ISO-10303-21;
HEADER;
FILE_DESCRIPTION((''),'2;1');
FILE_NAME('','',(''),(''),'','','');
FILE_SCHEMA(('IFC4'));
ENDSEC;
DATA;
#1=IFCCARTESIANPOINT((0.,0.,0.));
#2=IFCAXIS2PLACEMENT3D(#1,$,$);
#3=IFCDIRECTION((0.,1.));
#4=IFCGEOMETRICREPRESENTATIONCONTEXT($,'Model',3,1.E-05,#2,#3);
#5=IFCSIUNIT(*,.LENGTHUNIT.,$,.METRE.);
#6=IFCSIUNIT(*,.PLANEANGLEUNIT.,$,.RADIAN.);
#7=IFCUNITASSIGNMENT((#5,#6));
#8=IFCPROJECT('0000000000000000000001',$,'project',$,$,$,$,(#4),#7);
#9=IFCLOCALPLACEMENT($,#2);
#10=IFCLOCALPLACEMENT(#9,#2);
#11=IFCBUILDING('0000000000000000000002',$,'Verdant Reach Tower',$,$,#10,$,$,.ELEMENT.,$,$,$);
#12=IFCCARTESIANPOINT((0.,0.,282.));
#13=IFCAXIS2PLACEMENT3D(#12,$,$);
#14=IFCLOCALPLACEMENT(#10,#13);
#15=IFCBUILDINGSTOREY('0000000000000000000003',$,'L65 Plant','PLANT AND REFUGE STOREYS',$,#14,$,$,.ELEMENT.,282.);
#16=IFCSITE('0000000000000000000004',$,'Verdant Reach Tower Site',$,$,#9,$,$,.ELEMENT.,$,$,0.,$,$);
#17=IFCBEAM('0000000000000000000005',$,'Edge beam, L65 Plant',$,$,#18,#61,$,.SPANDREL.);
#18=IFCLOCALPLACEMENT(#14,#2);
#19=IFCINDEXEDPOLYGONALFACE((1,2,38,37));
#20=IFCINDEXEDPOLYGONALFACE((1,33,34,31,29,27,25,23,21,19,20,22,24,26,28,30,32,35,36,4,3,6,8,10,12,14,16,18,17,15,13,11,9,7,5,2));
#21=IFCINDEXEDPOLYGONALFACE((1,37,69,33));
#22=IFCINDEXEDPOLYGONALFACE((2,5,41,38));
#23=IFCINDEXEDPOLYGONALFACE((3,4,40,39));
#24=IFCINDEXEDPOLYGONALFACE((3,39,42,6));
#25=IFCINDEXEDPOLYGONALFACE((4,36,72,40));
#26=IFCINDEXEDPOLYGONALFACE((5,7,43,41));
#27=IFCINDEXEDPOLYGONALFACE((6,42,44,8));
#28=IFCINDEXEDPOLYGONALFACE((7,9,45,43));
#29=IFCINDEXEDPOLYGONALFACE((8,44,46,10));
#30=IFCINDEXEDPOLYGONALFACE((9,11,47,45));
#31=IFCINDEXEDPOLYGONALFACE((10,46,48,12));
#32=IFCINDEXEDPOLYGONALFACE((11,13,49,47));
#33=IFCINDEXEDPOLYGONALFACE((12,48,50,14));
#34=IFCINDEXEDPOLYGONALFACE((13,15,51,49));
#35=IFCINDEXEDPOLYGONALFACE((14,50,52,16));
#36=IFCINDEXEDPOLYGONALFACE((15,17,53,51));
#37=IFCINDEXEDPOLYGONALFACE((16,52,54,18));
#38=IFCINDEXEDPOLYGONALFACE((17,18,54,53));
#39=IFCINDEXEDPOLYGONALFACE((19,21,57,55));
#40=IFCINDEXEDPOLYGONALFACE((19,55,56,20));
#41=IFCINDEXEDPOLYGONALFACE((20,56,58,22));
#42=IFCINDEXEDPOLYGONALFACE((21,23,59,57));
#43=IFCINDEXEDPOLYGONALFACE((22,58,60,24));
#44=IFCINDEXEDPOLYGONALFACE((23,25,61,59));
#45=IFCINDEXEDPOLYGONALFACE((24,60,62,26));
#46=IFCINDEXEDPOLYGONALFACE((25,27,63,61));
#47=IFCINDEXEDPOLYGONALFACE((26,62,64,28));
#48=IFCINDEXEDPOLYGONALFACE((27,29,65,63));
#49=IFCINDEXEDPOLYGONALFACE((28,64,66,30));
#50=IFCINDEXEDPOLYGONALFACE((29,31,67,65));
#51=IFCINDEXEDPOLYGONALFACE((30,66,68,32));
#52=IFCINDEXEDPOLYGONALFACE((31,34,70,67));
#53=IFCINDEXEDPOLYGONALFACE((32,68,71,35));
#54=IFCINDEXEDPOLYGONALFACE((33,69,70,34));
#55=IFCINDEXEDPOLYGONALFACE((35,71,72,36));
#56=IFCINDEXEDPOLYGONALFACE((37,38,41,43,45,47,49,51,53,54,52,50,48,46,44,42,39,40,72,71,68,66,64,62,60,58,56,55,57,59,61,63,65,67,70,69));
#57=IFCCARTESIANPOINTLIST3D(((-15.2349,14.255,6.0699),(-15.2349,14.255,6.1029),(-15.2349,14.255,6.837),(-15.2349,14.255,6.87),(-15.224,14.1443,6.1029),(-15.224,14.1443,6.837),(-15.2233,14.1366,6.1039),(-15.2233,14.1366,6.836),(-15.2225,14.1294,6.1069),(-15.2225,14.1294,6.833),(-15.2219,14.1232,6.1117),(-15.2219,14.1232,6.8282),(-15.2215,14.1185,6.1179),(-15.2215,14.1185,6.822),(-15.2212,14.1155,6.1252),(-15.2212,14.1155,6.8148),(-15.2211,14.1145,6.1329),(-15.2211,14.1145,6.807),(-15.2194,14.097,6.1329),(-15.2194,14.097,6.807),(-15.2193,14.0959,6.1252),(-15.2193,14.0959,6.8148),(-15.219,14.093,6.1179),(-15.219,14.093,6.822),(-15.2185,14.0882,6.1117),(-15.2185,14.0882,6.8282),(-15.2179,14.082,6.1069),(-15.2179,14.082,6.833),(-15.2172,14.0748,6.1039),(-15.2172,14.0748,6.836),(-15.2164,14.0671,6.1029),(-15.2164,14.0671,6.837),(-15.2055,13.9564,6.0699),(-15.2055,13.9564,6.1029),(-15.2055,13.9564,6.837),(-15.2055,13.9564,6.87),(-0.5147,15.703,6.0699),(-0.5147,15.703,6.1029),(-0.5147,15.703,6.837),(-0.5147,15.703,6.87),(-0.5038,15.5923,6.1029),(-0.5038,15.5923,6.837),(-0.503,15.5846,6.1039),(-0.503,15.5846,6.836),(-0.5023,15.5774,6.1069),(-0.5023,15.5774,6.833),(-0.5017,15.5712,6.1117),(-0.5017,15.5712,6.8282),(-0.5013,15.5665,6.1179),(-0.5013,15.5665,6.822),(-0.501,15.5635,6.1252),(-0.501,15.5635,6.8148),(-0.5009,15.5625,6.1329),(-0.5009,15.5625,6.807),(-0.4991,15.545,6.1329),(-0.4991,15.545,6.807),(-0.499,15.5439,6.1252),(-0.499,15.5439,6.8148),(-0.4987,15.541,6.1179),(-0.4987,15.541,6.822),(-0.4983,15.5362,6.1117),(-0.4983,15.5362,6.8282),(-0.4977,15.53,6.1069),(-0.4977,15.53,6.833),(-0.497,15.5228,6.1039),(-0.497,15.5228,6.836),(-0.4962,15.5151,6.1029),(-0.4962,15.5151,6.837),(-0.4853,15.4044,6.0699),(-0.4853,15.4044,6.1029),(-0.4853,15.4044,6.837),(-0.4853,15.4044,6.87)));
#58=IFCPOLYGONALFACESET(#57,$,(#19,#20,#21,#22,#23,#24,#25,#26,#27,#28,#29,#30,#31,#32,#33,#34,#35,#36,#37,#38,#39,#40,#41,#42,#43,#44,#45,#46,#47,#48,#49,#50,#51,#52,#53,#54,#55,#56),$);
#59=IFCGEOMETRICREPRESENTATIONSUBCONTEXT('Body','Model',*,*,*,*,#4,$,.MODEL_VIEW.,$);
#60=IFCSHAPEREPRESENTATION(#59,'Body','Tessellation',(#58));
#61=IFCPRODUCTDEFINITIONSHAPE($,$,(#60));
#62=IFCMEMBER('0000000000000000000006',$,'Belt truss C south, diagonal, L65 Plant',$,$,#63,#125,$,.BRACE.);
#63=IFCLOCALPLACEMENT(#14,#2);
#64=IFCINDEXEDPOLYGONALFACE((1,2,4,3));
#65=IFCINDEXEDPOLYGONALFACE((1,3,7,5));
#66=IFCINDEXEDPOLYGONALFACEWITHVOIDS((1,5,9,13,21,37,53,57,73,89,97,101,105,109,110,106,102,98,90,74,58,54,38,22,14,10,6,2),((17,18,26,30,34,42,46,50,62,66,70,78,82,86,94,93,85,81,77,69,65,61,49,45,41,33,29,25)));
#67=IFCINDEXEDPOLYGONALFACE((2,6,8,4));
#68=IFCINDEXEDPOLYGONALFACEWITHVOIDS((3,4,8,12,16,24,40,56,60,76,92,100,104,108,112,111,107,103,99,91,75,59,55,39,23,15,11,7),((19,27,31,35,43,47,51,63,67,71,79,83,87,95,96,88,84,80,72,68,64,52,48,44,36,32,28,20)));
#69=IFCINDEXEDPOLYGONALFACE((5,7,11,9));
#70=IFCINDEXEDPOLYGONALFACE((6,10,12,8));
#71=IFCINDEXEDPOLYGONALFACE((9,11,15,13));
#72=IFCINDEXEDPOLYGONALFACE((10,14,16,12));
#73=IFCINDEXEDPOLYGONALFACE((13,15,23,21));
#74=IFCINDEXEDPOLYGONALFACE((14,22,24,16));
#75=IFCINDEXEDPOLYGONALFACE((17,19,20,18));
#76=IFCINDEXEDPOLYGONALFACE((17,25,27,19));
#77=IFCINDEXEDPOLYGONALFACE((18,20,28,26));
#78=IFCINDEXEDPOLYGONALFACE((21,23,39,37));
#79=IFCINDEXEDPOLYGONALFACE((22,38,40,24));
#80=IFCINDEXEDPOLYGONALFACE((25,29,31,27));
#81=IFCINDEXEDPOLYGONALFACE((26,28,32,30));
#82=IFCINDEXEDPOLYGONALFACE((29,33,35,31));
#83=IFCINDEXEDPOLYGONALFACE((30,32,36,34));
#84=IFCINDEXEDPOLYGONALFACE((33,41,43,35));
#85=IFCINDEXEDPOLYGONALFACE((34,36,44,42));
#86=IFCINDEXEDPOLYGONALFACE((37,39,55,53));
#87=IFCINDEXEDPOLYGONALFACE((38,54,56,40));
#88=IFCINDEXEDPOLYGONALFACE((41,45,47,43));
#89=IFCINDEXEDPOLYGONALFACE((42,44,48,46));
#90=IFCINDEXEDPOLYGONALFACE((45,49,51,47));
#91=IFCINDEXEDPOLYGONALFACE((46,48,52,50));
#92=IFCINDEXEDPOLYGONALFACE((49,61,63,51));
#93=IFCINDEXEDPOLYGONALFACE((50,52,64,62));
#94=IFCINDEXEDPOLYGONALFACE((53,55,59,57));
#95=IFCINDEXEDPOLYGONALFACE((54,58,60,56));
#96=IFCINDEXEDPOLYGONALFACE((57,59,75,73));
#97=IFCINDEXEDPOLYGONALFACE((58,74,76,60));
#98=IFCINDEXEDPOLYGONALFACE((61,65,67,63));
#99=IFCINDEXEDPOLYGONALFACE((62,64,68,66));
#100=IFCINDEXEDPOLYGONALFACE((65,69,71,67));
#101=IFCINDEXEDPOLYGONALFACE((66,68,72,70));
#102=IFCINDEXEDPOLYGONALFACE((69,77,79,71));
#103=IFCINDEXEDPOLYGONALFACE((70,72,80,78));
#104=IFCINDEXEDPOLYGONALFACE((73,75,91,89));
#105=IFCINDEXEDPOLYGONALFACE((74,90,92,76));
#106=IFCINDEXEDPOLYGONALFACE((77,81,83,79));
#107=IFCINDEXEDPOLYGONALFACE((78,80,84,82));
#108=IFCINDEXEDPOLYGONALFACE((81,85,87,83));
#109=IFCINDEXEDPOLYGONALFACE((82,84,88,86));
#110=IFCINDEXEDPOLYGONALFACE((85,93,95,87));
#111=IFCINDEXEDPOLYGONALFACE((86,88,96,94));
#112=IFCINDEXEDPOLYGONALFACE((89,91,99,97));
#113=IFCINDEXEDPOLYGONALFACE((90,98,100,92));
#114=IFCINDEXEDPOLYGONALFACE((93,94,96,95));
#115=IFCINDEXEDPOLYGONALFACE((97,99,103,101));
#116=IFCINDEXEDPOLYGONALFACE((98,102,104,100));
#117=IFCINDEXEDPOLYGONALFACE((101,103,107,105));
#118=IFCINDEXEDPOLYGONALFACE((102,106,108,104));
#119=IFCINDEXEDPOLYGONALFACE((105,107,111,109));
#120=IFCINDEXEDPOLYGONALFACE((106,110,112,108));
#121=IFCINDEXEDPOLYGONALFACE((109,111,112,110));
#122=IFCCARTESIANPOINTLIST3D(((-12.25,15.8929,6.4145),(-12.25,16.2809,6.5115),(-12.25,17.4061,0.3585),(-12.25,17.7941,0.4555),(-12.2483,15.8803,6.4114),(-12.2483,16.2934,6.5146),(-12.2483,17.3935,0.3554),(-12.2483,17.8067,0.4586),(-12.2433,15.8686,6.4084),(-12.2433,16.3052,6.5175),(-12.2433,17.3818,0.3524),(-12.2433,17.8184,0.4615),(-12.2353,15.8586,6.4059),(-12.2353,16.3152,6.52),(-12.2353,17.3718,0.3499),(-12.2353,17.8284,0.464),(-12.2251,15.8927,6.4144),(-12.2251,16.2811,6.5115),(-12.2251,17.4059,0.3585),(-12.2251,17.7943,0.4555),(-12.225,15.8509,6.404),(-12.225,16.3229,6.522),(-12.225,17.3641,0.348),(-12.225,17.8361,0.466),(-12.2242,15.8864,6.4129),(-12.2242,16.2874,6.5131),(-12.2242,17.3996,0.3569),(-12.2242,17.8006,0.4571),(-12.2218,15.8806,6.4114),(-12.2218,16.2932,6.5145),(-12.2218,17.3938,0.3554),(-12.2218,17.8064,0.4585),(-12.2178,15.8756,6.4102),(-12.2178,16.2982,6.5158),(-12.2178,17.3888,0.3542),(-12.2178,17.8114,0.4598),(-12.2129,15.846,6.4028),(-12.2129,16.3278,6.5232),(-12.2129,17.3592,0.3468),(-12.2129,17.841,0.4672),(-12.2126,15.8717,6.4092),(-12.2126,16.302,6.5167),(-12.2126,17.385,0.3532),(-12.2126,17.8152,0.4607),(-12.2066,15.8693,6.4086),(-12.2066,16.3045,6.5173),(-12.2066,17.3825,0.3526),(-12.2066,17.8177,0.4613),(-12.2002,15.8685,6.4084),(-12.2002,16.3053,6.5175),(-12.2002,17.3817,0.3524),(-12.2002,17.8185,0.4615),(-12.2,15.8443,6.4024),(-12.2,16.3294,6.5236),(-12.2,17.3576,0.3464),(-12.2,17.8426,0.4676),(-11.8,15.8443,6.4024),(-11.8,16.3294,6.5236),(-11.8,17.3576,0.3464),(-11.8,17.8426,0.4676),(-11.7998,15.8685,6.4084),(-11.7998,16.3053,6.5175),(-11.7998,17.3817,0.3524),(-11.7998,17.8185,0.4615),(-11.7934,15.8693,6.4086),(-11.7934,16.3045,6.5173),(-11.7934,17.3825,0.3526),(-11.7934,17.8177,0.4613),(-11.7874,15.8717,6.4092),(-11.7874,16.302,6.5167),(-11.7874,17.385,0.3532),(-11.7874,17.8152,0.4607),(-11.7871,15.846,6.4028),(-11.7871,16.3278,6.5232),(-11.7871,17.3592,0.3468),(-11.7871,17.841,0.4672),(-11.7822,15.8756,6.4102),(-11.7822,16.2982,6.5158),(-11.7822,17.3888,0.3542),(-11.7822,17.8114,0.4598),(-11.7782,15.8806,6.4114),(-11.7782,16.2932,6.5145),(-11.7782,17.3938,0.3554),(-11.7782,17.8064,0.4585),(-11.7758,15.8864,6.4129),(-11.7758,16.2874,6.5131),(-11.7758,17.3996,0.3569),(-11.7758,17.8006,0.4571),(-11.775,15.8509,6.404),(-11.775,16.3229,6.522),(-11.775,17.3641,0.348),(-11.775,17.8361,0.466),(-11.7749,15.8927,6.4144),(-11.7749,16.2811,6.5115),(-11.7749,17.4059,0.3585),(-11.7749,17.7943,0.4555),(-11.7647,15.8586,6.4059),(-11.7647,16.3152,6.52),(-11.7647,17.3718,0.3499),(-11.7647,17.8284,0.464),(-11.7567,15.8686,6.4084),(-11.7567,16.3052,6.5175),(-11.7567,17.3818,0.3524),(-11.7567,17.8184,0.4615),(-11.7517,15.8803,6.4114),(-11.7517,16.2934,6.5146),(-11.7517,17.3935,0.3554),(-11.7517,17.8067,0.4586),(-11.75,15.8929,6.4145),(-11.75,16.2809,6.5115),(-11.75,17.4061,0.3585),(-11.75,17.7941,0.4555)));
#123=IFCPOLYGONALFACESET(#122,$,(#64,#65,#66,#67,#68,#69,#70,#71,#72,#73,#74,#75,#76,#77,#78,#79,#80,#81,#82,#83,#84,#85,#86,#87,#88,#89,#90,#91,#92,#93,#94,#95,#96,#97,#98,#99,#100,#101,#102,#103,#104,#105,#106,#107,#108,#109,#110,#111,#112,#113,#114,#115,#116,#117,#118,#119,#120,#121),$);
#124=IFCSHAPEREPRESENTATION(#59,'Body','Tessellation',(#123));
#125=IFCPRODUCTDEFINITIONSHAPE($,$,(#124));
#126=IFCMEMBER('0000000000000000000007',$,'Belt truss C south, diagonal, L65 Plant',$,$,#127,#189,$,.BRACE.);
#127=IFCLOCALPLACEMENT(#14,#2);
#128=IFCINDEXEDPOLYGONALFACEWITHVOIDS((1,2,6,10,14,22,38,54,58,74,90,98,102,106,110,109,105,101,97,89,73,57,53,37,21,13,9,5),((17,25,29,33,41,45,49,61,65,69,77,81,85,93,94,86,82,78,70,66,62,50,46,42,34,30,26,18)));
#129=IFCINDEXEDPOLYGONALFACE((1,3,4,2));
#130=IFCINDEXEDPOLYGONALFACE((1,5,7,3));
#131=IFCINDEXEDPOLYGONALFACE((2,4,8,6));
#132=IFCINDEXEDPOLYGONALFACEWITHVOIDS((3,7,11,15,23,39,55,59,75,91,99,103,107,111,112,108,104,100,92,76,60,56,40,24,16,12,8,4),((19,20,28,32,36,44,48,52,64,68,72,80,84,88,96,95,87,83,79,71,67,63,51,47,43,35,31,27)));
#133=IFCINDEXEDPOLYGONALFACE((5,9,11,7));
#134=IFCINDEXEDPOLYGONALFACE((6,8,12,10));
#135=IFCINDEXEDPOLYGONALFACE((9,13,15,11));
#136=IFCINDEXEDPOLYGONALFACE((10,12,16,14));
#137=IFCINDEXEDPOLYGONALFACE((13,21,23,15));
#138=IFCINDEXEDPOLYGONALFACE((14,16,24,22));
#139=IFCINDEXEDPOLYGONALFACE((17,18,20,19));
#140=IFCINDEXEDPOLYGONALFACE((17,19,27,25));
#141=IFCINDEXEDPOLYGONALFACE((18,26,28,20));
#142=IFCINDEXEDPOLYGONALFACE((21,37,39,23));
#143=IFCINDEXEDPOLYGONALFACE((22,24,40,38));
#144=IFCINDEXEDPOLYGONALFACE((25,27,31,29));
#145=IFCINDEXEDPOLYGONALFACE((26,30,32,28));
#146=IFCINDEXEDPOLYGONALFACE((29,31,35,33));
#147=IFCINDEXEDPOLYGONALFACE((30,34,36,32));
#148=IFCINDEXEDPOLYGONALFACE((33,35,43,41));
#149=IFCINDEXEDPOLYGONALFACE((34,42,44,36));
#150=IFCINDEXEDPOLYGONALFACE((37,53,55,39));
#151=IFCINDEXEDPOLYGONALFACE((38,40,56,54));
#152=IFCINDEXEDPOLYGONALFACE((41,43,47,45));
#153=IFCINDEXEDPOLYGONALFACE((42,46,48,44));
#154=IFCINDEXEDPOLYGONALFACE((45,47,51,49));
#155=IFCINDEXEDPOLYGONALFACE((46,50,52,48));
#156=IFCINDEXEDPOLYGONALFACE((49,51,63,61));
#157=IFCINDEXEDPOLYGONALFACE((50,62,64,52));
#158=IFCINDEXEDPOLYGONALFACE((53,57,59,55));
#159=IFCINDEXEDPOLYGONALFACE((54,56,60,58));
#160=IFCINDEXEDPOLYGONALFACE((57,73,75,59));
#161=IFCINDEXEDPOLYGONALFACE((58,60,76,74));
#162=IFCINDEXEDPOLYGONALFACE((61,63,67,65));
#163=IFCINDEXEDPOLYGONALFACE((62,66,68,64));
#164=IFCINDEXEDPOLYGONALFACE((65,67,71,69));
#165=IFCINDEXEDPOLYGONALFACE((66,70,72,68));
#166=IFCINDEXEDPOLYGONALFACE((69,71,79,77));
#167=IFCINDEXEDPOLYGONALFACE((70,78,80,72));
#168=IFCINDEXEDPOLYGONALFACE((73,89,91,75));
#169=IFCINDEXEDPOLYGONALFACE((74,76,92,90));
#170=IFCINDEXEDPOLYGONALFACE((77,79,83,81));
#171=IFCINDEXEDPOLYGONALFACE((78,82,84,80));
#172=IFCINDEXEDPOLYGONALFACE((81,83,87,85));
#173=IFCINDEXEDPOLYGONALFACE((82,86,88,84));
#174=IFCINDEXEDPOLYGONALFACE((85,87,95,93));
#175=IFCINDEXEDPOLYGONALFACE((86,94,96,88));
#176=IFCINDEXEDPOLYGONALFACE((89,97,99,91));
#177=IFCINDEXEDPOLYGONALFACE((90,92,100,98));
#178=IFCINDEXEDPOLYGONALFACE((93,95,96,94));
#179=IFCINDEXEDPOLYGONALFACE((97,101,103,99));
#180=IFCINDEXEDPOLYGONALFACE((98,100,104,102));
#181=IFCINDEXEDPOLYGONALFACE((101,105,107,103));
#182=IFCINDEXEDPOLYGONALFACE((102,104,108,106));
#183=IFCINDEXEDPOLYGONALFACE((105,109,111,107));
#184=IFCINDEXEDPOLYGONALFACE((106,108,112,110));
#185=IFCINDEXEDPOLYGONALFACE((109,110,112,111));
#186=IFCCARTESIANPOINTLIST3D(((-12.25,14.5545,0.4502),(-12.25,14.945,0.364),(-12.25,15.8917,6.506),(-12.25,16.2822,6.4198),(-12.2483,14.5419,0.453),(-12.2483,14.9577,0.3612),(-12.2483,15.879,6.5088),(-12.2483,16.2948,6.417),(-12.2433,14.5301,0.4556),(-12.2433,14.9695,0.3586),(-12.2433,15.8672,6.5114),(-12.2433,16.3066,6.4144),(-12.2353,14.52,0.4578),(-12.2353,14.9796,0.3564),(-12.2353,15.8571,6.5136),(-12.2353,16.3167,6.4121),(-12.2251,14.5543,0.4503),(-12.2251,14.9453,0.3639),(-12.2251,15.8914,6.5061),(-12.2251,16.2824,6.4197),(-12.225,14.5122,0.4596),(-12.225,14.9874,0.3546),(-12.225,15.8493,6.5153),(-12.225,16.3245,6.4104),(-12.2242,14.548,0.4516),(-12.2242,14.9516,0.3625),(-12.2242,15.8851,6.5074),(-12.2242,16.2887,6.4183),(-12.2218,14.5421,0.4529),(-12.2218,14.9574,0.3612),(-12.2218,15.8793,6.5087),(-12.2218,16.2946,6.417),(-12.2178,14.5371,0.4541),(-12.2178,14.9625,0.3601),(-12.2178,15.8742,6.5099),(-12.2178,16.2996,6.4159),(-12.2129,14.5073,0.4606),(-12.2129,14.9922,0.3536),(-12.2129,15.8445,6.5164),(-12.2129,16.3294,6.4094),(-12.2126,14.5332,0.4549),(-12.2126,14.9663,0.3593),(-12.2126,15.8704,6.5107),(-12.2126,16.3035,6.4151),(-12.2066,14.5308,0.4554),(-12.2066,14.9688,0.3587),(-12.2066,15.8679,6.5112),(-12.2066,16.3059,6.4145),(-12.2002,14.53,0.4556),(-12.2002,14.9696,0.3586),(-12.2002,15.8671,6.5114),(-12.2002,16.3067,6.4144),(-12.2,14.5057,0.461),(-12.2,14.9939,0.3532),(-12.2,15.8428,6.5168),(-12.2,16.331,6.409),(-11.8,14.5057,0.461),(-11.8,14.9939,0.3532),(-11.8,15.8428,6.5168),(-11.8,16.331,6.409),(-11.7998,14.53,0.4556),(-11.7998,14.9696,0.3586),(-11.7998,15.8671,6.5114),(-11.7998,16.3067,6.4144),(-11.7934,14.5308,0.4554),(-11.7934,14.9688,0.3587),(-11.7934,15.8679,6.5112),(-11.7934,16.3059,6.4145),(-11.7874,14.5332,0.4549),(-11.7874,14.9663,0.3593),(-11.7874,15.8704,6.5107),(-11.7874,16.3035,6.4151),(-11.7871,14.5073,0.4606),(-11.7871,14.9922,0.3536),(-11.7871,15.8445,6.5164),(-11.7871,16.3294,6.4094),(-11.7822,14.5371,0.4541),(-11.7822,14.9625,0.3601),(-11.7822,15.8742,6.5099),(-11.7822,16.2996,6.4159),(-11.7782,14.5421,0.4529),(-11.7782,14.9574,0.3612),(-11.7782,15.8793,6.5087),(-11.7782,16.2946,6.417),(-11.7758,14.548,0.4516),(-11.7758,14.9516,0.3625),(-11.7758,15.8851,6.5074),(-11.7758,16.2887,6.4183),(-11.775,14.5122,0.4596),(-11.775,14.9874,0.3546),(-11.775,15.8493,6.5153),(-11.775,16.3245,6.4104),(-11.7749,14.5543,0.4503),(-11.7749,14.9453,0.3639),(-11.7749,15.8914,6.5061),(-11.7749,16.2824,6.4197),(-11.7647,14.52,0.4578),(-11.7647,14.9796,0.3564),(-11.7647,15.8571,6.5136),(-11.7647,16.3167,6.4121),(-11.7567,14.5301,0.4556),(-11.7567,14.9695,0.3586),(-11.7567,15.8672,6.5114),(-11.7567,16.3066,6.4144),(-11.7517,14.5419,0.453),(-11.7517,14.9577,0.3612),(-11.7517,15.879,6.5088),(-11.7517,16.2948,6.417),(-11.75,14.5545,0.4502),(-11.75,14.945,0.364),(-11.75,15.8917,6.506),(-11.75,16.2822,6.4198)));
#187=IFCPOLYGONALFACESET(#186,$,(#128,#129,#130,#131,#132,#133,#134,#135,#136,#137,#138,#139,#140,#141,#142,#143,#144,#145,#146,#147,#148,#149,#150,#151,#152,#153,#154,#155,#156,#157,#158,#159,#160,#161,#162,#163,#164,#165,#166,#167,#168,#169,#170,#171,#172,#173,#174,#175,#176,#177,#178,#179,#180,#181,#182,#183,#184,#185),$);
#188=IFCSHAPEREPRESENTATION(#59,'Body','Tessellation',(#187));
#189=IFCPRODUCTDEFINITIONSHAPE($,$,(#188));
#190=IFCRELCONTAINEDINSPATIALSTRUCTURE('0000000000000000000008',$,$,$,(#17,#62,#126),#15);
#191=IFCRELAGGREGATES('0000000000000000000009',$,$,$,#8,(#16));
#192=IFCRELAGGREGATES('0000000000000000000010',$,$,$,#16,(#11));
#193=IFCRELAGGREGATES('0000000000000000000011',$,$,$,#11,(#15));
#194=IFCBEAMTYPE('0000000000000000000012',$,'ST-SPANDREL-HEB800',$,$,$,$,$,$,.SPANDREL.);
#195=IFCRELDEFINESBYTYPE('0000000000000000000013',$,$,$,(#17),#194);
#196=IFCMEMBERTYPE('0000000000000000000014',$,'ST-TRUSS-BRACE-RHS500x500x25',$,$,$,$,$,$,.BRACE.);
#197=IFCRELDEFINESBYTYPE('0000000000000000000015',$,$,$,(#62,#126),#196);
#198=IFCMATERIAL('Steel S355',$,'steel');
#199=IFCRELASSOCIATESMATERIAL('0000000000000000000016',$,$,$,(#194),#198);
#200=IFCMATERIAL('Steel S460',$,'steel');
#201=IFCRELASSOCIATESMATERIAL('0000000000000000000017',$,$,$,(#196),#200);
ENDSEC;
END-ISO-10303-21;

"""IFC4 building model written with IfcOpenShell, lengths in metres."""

from ifc_helpers import new_model, si_unit, direction, frame, origin, origin_2d, place, context, subcontext, project, spatial, hollow_rectangle, i_section, extrude, material, material_profile, profile_set, type_object, element, save


model = new_model("IFC4")

# Units and contexts
model_context = context("Model", 3, precision=1e-05, world=origin(), true_north=direction((0.0, 1.0)))
body_context = subcontext(model_context, "Body", "Model", "MODEL_VIEW")
ifc_project = project(units=[si_unit("LENGTHUNIT", "METRE"), si_unit("PLANEANGLEUNIT", "RADIAN")], contexts=[model_context])

# Site, building, storey
site_placement = place(None, origin())
site = spatial("IfcSite", under=ifc_project, at=site_placement, Name="Verdant Reach Tower Site", CompositionType="ELEMENT", RefElevation=0.0)
building_placement = place(site_placement, origin())
building = spatial("IfcBuilding", under=site, at=building_placement, Name="Verdant Reach Tower", CompositionType="ELEMENT")
storey_placement = place(building_placement, frame((0.0, 0.0, 282.0)))
storey = spatial("IfcBuildingStorey", under=building, at=storey_placement, Name="L65 Plant", Description="PLANT AND REFUGE STOREYS", CompositionType="ELEMENT", Elevation=282.0)

# Shared definitions
ifc_material_1 = material(Name="Steel S460", Category="steel")

# Beam
ifc_material_2 = material(Name="Steel S355", Category="steel")
ifc_material_profile_1 = material_profile(ifc_material_2, i_section(OverallWidth=0.3, OverallDepth=0.8, WebThickness=0.0176, FlangeThickness=0.033, FilletRadius=0.03, at=origin_2d()), Name="HEB 800")
ifc_profile_set_1 = profile_set([ifc_material_profile_1], Name="Steel S355")
beam_type_1 = type_object("IfcBeamType", Name="ST-SPANDREL-HEB800", PredefinedType="SPANDREL", material=ifc_profile_set_1)
beam_1_placement = place(storey_placement, frame((-0.5, 15.5537, 6.47), z_axis=(-0.995197, -0.097896, 0.0), x_axis=(0.097896, -0.995197, 0.0)))
element("IfcBeam", 1, at=beam_1_placement, inside=storey, type_object=beam_type_1, Name="Edge beam, L65 Plant", PredefinedType="SPANDREL", context=body_context, shape_type="SweptSolid", body=[
    extrude(i_section(OverallWidth=0.3, OverallDepth=0.8, WebThickness=0.0176, FlangeThickness=0.033, FilletRadius=0.03, at=origin_2d()), origin(), (0.0, 0.0, 1.0), 14.7913),
])

# Members
ifc_material_profile_2 = material_profile(ifc_material_1, hollow_rectangle(XDim=0.5, YDim=0.5, WallThickness=0.0249, InnerFilletRadius=0.0249, OuterFilletRadius=0.05, at=origin_2d()), Name="RHS 500x500x25")
ifc_profile_set_2 = profile_set([ifc_material_profile_2], Name="Steel S460")
member_type_1 = type_object("IfcMemberType", Name="ST-TRUSS-BRACE-RHS500x500x25", PredefinedType="BRACE", material=ifc_profile_set_2)
member_1_placement = place(storey_placement, frame((-12.0, 17.6001, 0.407), z_axis=(0.0, -0.242416, 0.970172), x_axis=(1.0, 0.0, 0.0)))
element("IfcMember", 2, at=member_1_placement, inside=storey, type_object=member_type_1, Name="Belt truss C south, diagonal, L65 Plant", PredefinedType="BRACE", context=body_context, shape_type="SweptSolid", body=[
    extrude(hollow_rectangle(XDim=0.5, YDim=0.5, WallThickness=0.0249, InnerFilletRadius=0.0249, OuterFilletRadius=0.05, at=origin_2d()), origin(), (0.0, 0.0, 1.0), 6.2422),
])
member_2_placement = place(storey_placement, frame((-12.0, 16.0869, 6.4629), z_axis=(0.0, -0.215609, -0.97648), x_axis=(1.0, 0.0, 0.0)))
element("IfcMember", 3, at=member_2_placement, inside=storey, type_object=member_type_1, Name="Belt truss C south, diagonal, L65 Plant", PredefinedType="BRACE", context=body_context, shape_type="SweptSolid", body=[
    extrude(hollow_rectangle(XDim=0.5, YDim=0.5, WallThickness=0.0249, InnerFilletRadius=0.0249, OuterFilletRadius=0.05, at=origin_2d()), origin(), (0.0, 0.0, 1.0), 6.2017),
])

save(model, "model.ifc")
